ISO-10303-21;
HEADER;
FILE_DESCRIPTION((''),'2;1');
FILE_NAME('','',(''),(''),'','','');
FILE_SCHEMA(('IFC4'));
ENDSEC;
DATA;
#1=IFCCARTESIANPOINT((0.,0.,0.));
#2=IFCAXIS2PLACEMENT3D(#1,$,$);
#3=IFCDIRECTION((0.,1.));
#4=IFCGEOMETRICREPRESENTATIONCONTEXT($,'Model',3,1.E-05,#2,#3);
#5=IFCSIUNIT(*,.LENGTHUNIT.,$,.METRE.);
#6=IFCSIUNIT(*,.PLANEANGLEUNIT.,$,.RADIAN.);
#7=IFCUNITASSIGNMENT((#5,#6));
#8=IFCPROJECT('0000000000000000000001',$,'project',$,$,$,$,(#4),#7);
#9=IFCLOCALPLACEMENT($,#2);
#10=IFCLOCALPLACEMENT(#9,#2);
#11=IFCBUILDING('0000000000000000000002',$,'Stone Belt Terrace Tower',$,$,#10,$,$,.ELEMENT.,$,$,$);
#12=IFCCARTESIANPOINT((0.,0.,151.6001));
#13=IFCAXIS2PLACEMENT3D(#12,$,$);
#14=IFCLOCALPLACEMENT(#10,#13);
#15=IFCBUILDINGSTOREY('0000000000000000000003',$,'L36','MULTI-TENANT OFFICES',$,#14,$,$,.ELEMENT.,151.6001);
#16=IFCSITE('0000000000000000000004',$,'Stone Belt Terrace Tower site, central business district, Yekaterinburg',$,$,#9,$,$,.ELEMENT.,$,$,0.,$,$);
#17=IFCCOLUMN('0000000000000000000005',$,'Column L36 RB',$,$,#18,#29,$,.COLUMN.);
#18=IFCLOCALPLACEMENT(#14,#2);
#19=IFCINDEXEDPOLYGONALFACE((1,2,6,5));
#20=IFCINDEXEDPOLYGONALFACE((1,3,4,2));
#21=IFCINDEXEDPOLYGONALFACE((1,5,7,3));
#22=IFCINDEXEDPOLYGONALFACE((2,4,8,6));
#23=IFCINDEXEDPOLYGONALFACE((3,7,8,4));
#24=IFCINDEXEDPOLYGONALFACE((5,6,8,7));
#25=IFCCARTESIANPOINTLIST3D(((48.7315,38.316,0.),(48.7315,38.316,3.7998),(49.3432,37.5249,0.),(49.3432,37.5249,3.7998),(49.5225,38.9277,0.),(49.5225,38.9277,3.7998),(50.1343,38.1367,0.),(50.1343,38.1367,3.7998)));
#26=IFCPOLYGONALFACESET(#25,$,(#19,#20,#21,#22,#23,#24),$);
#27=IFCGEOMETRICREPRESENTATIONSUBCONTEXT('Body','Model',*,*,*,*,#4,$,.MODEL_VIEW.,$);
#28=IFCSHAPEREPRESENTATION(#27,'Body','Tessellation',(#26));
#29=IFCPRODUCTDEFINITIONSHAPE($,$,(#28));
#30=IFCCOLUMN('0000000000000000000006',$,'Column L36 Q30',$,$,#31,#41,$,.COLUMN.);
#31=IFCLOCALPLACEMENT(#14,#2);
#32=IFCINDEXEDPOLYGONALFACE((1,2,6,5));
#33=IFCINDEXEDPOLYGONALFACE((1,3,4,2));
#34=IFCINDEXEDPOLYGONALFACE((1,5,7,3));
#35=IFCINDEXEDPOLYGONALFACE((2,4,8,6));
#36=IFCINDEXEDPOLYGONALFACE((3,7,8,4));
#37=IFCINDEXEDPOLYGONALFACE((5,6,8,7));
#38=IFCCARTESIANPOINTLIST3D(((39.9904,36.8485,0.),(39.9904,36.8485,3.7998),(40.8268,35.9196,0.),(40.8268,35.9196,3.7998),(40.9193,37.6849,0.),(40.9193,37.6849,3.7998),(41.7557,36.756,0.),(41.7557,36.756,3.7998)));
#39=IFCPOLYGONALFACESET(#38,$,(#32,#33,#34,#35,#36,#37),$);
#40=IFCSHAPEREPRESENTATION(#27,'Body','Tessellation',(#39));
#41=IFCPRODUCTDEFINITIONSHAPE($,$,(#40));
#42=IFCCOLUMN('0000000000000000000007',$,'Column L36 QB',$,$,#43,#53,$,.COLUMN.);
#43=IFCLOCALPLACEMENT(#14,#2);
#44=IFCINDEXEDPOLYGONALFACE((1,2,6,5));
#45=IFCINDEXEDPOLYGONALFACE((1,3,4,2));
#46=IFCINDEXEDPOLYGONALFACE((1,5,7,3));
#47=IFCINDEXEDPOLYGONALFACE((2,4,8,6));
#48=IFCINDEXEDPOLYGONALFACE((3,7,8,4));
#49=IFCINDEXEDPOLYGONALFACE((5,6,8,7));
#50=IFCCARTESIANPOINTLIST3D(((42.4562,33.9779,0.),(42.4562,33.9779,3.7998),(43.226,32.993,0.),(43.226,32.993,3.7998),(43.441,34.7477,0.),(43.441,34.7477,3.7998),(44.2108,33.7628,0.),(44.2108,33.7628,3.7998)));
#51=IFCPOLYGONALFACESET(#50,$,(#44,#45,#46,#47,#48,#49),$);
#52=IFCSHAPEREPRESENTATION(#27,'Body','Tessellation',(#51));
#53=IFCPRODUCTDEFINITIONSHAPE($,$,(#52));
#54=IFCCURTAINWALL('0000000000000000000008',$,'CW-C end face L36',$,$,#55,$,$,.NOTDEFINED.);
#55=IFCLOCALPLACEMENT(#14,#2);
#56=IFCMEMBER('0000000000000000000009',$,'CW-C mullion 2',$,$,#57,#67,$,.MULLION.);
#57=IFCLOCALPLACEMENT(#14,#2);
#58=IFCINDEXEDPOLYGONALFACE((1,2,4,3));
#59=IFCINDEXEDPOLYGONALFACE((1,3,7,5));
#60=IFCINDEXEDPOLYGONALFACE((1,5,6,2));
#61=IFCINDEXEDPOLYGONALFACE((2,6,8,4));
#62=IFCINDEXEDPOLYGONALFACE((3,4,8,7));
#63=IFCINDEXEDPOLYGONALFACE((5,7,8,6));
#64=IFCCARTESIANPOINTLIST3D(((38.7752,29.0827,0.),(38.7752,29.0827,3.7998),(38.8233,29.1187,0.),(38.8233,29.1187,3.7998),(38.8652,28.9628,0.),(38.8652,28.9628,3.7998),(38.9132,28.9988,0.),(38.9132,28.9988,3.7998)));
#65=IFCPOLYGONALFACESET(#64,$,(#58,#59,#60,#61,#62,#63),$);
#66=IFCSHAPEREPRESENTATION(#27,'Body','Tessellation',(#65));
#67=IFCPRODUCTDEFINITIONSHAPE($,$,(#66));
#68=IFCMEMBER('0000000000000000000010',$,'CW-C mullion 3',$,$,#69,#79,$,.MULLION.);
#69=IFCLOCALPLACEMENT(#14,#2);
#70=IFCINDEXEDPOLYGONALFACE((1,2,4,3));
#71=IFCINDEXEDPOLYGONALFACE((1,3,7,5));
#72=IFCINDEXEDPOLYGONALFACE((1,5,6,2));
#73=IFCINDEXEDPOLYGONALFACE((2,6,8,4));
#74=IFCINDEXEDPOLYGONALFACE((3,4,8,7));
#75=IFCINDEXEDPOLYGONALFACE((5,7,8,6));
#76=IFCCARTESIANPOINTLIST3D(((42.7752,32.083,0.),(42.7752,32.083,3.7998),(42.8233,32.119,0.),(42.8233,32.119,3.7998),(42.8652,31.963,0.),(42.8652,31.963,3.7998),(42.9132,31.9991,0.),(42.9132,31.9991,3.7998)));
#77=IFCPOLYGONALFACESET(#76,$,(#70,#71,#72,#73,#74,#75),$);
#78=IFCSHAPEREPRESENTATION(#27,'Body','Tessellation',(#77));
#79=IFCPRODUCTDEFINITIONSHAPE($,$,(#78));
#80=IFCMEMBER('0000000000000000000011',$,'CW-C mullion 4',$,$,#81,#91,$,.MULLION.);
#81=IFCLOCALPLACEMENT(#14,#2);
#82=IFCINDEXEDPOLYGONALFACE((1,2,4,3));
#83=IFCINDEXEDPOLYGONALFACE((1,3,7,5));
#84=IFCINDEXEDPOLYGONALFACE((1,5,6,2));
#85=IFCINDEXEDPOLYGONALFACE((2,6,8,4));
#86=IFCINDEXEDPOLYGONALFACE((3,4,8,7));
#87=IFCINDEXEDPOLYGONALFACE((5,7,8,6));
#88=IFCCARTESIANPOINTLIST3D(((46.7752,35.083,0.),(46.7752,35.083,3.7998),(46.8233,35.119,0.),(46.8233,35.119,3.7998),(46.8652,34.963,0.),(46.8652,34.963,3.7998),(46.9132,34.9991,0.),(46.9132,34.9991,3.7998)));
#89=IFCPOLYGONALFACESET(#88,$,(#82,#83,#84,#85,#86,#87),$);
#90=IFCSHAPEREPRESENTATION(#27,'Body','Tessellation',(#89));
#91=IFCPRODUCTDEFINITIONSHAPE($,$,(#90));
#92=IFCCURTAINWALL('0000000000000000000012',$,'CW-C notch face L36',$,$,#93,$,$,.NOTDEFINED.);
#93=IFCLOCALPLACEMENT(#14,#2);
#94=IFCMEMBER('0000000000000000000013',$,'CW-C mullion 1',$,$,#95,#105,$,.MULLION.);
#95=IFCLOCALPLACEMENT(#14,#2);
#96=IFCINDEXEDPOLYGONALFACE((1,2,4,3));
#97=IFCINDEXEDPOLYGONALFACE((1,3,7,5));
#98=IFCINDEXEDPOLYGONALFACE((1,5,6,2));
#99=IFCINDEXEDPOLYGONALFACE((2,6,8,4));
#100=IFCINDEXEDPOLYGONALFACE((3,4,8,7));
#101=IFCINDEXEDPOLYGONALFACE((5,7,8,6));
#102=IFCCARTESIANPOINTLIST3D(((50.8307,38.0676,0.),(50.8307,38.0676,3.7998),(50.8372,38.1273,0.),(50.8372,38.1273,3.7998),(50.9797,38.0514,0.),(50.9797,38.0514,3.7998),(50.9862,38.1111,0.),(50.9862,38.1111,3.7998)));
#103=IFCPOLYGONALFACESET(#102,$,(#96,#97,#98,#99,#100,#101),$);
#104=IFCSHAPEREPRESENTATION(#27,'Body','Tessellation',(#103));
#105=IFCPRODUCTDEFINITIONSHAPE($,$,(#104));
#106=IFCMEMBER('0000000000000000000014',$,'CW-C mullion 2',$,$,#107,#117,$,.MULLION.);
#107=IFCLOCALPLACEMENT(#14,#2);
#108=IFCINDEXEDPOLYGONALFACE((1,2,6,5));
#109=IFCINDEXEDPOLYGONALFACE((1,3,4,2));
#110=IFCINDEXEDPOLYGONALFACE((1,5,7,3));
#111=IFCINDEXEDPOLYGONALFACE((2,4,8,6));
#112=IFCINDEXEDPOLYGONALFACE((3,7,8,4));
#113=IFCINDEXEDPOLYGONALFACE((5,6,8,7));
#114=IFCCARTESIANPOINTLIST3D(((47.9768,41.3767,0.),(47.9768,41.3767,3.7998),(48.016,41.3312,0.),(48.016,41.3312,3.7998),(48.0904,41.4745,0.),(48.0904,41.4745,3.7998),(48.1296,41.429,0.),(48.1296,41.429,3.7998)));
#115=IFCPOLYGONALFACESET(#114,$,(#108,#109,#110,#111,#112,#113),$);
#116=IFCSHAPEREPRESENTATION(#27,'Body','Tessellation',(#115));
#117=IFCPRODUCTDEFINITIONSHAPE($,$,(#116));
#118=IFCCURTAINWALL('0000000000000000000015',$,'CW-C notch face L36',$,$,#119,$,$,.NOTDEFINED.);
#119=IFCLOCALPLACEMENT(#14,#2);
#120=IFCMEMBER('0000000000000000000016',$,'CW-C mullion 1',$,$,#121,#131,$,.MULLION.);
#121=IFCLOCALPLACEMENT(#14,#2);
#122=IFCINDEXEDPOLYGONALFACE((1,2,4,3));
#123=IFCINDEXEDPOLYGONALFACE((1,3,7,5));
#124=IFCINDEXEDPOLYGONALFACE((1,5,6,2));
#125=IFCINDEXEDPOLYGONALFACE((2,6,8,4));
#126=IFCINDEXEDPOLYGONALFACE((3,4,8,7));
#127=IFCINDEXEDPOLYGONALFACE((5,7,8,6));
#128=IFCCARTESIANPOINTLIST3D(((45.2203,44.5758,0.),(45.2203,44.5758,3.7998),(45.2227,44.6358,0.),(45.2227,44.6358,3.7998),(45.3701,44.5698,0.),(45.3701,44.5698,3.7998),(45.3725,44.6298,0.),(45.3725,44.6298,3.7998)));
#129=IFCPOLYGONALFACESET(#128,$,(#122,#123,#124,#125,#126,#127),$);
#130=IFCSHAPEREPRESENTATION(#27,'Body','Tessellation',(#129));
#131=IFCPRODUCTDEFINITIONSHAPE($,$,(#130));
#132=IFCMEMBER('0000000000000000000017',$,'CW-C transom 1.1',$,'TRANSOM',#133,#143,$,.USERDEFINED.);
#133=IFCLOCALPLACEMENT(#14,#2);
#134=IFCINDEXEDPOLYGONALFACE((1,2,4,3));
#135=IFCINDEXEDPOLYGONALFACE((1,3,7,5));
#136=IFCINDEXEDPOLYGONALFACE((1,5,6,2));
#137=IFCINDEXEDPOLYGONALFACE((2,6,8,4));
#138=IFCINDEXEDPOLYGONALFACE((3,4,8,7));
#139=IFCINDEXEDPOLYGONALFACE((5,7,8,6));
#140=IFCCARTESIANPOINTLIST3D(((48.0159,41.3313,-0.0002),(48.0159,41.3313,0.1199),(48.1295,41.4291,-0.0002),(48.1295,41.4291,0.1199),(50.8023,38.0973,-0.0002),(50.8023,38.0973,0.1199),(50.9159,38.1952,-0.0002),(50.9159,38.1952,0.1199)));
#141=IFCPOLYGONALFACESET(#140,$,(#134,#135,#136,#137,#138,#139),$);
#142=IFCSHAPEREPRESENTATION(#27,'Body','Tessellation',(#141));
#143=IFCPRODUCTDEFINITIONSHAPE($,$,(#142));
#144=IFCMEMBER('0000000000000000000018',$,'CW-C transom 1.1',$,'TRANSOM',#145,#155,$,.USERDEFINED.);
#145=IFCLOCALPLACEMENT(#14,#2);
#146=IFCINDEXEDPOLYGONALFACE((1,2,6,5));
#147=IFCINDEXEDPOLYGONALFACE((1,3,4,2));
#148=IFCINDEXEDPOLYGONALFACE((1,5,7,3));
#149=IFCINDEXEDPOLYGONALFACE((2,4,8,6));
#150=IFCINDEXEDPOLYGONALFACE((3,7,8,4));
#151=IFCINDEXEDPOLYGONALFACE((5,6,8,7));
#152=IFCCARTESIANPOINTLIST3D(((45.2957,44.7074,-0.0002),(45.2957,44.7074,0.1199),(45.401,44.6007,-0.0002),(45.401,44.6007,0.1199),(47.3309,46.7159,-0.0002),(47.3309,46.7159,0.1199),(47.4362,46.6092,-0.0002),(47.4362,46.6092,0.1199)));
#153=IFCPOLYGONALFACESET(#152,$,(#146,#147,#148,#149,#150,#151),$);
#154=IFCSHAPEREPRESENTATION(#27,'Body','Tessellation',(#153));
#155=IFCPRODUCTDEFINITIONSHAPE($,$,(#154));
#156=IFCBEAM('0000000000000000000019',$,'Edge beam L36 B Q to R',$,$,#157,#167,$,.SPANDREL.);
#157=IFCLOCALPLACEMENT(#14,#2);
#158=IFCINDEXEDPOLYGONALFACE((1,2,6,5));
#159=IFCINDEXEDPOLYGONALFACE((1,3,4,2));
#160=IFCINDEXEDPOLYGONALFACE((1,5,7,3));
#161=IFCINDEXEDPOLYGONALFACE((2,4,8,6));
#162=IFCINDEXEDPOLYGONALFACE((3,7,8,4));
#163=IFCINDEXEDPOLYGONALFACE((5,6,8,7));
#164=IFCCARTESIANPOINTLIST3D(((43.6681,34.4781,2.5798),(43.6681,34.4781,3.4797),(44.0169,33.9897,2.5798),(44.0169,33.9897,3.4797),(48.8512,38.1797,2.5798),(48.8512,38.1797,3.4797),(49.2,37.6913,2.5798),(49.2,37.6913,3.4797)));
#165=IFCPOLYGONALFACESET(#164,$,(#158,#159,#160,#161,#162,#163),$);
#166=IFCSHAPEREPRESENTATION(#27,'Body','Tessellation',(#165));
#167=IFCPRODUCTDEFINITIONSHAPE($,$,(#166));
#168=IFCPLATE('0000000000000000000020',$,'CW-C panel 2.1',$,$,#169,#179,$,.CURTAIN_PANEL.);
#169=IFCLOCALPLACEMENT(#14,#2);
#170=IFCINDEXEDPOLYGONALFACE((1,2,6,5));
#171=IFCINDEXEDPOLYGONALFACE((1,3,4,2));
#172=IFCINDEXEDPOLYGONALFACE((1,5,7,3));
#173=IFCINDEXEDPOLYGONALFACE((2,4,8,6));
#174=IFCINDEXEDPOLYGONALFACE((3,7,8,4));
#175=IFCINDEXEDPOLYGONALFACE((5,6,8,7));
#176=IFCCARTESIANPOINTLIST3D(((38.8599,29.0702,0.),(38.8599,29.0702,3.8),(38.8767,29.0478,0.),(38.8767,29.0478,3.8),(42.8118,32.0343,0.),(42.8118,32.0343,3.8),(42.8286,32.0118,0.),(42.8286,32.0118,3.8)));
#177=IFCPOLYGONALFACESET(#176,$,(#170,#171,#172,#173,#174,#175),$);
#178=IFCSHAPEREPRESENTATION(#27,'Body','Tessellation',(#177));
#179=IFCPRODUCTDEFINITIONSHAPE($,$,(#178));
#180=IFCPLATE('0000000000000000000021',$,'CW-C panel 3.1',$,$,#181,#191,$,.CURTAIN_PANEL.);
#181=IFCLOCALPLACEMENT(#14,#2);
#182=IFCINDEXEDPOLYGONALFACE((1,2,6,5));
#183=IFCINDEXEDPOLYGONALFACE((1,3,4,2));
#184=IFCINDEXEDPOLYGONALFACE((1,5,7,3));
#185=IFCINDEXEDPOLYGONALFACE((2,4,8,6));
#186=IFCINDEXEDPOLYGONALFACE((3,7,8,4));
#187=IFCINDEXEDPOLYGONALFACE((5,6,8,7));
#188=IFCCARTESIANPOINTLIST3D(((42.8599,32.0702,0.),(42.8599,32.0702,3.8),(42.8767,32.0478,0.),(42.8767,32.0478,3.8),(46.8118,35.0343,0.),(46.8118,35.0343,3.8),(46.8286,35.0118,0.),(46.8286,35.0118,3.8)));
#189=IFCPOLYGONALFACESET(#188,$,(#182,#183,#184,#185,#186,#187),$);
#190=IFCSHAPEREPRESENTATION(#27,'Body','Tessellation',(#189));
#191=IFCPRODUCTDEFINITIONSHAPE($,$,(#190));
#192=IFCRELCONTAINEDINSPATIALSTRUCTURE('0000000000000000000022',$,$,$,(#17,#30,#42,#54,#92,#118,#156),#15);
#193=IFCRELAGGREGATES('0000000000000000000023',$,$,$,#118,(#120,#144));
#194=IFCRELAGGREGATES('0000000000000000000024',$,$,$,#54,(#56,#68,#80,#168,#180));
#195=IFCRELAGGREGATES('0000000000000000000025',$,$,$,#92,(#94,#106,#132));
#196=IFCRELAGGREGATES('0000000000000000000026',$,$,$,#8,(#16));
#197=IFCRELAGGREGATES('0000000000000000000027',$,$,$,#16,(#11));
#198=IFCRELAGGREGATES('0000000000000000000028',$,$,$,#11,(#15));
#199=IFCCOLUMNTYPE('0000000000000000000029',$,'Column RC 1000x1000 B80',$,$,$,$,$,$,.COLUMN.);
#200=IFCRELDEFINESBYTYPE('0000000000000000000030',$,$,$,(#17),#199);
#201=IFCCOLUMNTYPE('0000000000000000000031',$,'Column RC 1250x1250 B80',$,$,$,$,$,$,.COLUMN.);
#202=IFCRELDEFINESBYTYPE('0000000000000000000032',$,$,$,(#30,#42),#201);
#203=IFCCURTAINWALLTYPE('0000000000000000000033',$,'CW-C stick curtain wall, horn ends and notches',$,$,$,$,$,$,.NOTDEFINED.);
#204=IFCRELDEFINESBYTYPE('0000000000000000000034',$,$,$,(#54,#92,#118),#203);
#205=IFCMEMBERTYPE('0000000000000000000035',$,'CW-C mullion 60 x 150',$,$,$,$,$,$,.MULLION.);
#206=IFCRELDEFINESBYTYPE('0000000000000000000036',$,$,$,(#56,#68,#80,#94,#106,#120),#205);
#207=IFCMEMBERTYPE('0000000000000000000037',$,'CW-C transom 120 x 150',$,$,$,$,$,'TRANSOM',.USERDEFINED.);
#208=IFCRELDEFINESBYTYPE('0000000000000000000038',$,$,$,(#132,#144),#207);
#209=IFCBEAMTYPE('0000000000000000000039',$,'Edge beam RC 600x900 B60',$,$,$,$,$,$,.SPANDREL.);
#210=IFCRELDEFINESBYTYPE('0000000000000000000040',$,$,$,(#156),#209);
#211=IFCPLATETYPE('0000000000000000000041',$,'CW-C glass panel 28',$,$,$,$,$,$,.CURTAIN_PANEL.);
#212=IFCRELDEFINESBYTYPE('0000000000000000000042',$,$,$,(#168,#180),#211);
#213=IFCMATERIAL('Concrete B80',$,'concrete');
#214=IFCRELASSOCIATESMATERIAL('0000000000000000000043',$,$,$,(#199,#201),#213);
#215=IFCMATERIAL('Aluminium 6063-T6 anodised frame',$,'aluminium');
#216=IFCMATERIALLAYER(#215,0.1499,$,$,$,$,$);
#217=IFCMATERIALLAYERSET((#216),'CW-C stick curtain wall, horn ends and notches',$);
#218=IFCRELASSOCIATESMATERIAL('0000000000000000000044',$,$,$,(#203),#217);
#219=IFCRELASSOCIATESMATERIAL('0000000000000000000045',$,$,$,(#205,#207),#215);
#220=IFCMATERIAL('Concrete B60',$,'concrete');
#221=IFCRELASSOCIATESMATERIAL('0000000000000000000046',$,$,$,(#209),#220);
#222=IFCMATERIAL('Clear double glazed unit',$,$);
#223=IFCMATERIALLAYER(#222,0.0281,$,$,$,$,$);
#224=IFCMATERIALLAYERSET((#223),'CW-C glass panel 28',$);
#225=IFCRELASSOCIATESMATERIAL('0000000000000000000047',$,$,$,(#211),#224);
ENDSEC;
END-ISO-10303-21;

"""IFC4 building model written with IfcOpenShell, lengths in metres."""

from ifc_helpers import new_model, si_unit, direction, frame, origin, origin_2d, place, context, subcontext, project, spatial, rectangle, extrude, material, layer, layer_set, material_profile, profile_set, type_object, element, aggregate, save


model = new_model("IFC4")

# Units and contexts
model_context = context("Model", 3, precision=1e-05, world=origin(), true_north=direction((0.0, 1.0)))
body_context = subcontext(model_context, "Body", "Model", "MODEL_VIEW")
ifc_project = project(units=[si_unit("LENGTHUNIT", "METRE"), si_unit("PLANEANGLEUNIT", "RADIAN")], contexts=[model_context])

# Site, building, storey
site_placement = place(None, origin())
site = spatial("IfcSite", under=ifc_project, at=site_placement, Name="Stone Belt Terrace Tower site, central business district, Yekaterinburg", CompositionType="ELEMENT", RefElevation=0.0)
building_placement = place(site_placement, origin())
building = spatial("IfcBuilding", under=site, at=building_placement, Name="Stone Belt Terrace Tower", CompositionType="ELEMENT")
storey_placement = place(building_placement, frame((0.0, 0.0, 151.6001)))
storey = spatial("IfcBuildingStorey", under=building, at=storey_placement, Name="L36", Description="MULTI-TENANT OFFICES", CompositionType="ELEMENT", Elevation=151.6001)

# Columns
ifc_material_1 = material(Name="Concrete B80", Category="concrete")
ifc_material_profile_1 = material_profile(ifc_material_1, rectangle(XDim=1.0, YDim=1.0, at=origin_2d()), Name="RC 1000x1000")
ifc_profile_set_1 = profile_set([ifc_material_profile_1], Name="Concrete B80")
column_type_1 = type_object("IfcColumnType", Name="Column RC 1000x1000 B80", PredefinedType="COLUMN", material=ifc_profile_set_1)
column_placement = place(storey_placement, frame((49.4329, 38.2263, 0.0), z_axis=(0.0, 0.0, 1.0), x_axis=(0.61173, -0.791067, 0.0)))
element("IfcColumn", 1, at=column_placement, inside=storey, type_object=column_type_1, Name="Column L36 RB", PredefinedType="COLUMN", context=body_context, shape_type="SweptSolid", body=[
    extrude(rectangle(XDim=1.0, YDim=1.0, at=origin_2d()), origin(), (0.0, 0.0, 1.0), 3.7998),
])
ifc_material_profile_2 = material_profile(ifc_material_1, rectangle(XDim=1.25, YDim=1.25, at=origin_2d()), Name="RC 1250x1250")
ifc_profile_set_2 = profile_set([ifc_material_profile_2], Name="Concrete B80")
column_type_2 = type_object("IfcColumnType", Name="Column RC 1250x1250 B80", PredefinedType="COLUMN", material=ifc_profile_set_2)
for number, where, z_axis, x_axis, name in (
    (2, (40.873, 36.8022, 0.0), (0.0, 0.0, 1.0), (0.669131, -0.743145, 0.0), "Column L36 Q30"),
    (3, (43.3335, 33.8704, 0.0), (0.0, 0.0, 1.0), (0.615825, -0.787883, 0.0), "Column L36 QB"),
):
    element("IfcColumn", number, at=place(storey_placement, frame(where, z_axis=z_axis, x_axis=x_axis)), inside=storey, type_object=column_type_2, Name=name, PredefinedType="COLUMN", context=body_context, shape_type="SweptSolid", body=[
        extrude(rectangle(XDim=1.25, YDim=1.25, at=origin_2d()), origin(), (0.0, 0.0, 1.0), 3.7998),
    ])

# Curtain walls, members
ifc_material_2 = material(Name="Aluminium 6063-T6 anodised frame", Category="aluminium")
ifc_layer_1 = layer(ifc_material_2, 0.1499)
ifc_layer_set_1 = layer_set([ifc_layer_1], Name="CW-C stick curtain wall, horn ends and notches")
curtain_wall_type = type_object("IfcCurtainWallType", Name="CW-C stick curtain wall, horn ends and notches", PredefinedType="NOTDEFINED", material=ifc_layer_set_1)
curtain_wall_1_placement = place(storey_placement, origin())
curtain_wall_1 = element("IfcCurtainWall", 4, at=curtain_wall_1_placement, inside=storey, type_object=curtain_wall_type, Name="CW-C end face L36", PredefinedType="NOTDEFINED")
ifc_material_profile_3 = material_profile(ifc_material_2, rectangle(XDim=0.1499, YDim=0.0601, at=origin_2d()), Name="Aluminium 6063-T6 60x150")
ifc_profile_set_3 = profile_set([ifc_material_profile_3], Name="Aluminium 6063-T6 anodised frame")
member_type_1 = type_object("IfcMemberType", Name="CW-C mullion 60 x 150", PredefinedType="MULLION", material=ifc_profile_set_3)
member_1_placement = place(storey_placement, frame((38.8442, 29.0408, 0.0), z_axis=(0.0, 0.0, 1.0), x_axis=(-0.600018, 0.799987, 0.0)))
member_1 = element("IfcMember", 5, at=member_1_placement, type_object=member_type_1, Name="CW-C mullion 2", PredefinedType="MULLION", context=body_context, shape_type="SweptSolid", body=[
    extrude(rectangle(XDim=0.1499, YDim=0.0601, at=origin_2d()), origin(), (0.0, 0.0, 1.0), 3.7998),
])
member_2_placement = place(storey_placement, frame((42.8442, 32.041, 0.0), z_axis=(0.0, 0.0, 1.0), x_axis=(-0.600018, 0.799987, 0.0)))
member_2 = element("IfcMember", 6, at=member_2_placement, type_object=member_type_1, Name="CW-C mullion 3", PredefinedType="MULLION", context=body_context, shape_type="SweptSolid", body=[
    extrude(rectangle(XDim=0.1499, YDim=0.0601, at=origin_2d()), origin(), (0.0, 0.0, 1.0), 3.7998),
])
member_3_placement = place(storey_placement, frame((46.8442, 35.041, 0.0), z_axis=(0.0, 0.0, 1.0), x_axis=(-0.600018, 0.799987, 0.0)))
member_3 = element("IfcMember", 7, at=member_3_placement, type_object=member_type_1, Name="CW-C mullion 4", PredefinedType="MULLION", context=body_context, shape_type="SweptSolid", body=[
    extrude(rectangle(XDim=0.1499, YDim=0.0601, at=origin_2d()), origin(), (0.0, 0.0, 1.0), 3.7998),
])
curtain_wall_2_placement = place(storey_placement, origin())
curtain_wall_2 = element("IfcCurtainWall", 8, at=curtain_wall_2_placement, inside=storey, type_object=curtain_wall_type, Name="CW-C notch face L36", PredefinedType="NOTDEFINED")
member_4_placement = place(storey_placement, frame((50.9084, 38.0894, 0.0), z_axis=(0.0, 0.0, 1.0), x_axis=(-0.994169, 0.10783, 0.0)))
member_4 = element("IfcMember", 9, at=member_4_placement, type_object=member_type_1, Name="CW-C mullion 1", PredefinedType="MULLION", context=body_context, shape_type="SweptSolid", body=[
    extrude(rectangle(XDim=0.1499, YDim=0.0601, at=origin_2d()), origin(), (0.0, 0.0, 1.0), 3.7998),
])
member_5_placement = place(storey_placement, frame((48.0532, 41.4028, 0.0), z_axis=(0.0, 0.0, 1.0), x_axis=(-0.757584, -0.652738, 0.0)))
member_5 = element("IfcMember", 10, at=member_5_placement, type_object=member_type_1, Name="CW-C mullion 2", PredefinedType="MULLION", context=body_context, shape_type="SweptSolid", body=[
    extrude(rectangle(XDim=0.1499, YDim=0.0601, at=origin_2d()), origin(), (0.0, 0.0, 1.0), 3.7998),
])

# Curtain wall, member
curtain_wall_3_placement = place(storey_placement, origin())
curtain_wall_3 = element("IfcCurtainWall", 11, at=curtain_wall_3_placement, inside=storey, type_object=curtain_wall_type, Name="CW-C notch face L36", PredefinedType="NOTDEFINED")
member_6_placement = place(storey_placement, frame((45.2964, 44.6028, 0.0), z_axis=(0.0, 0.0, 1.0), x_axis=(-0.999185, 0.04036, 0.0)))
member_6 = element("IfcMember", 12, at=member_6_placement, type_object=member_type_1, Name="CW-C mullion 1", PredefinedType="MULLION", context=body_context, shape_type="SweptSolid", body=[
    extrude(rectangle(XDim=0.1499, YDim=0.0601, at=origin_2d()), origin(), (0.0, 0.0, 1.0), 3.7998),
])

# Members
ifc_material_profile_4 = material_profile(ifc_material_2, rectangle(XDim=0.1499, YDim=0.1201, at=origin_2d()), Name="Aluminium 6063-T6 150x120")
ifc_profile_set_4 = profile_set([ifc_material_profile_4], Name="Aluminium 6063-T6 anodised frame")
member_type_2 = type_object("IfcMemberType", Name="CW-C transom 120 x 150", ElementType="TRANSOM", PredefinedType="USERDEFINED", material=ifc_profile_set_4)
member_7_placement = place(storey_placement, frame((50.8591, 38.1462, 0.0598), z_axis=(-0.652744, 0.757579, 0.0), x_axis=(-0.757579, -0.652744, 0.0)))
member_7 = element("IfcMember", 13, at=member_7_placement, type_object=member_type_2, Name="CW-C transom 1.1", ObjectType="TRANSOM", PredefinedType="USERDEFINED", context=body_context, shape_type="SweptSolid", body=[
    extrude(rectangle(XDim=0.1499, YDim=0.1201, at=origin_2d()), origin(), (0.0, 0.0, 1.0), 4.2688),
])
member_8_placement = place(storey_placement, frame((45.3484, 44.6541, 0.0598), z_axis=(0.711745, 0.702438, 0.0), x_axis=(-0.702438, 0.711745, 0.0)))
member_8 = element("IfcMember", 14, at=member_8_placement, type_object=member_type_2, Name="CW-C transom 1.1", ObjectType="TRANSOM", PredefinedType="USERDEFINED", context=body_context, shape_type="SweptSolid", body=[
    extrude(rectangle(XDim=0.1499, YDim=0.1201, at=origin_2d()), origin(), (0.0, 0.0, 1.0), 2.8594),
])
aggregate(curtain_wall_3, [member_6, member_8])

# Beam
ifc_material_3 = material(Name="Concrete B60", Category="concrete")
ifc_material_profile_5 = material_profile(ifc_material_3, rectangle(XDim=0.6001, YDim=0.8999, at=origin_2d()), Name="RC 600x900")
ifc_profile_set_5 = profile_set([ifc_material_profile_5], Name="Concrete B60")
beam_type = type_object("IfcBeamType", Name="Edge beam RC 600x900 B60", PredefinedType="SPANDREL", material=ifc_profile_set_5)
beam_placement = place(storey_placement, frame((43.8425, 34.2339, 3.0298), z_axis=(0.813775, 0.58118, 0.0), x_axis=(-0.58118, 0.813775, 0.0)))
element("IfcBeam", 15, at=beam_placement, inside=storey, type_object=beam_type, Name="Edge beam L36 B Q to R", PredefinedType="SPANDREL", context=body_context, shape_type="SweptSolid", body=[
    extrude(rectangle(XDim=0.6001, YDim=0.8999, at=origin_2d()), origin(), (0.0, 0.0, 1.0), 6.3691),
])

# Plates
ifc_material_4 = material(Name="Clear double glazed unit")
ifc_layer_2 = layer(ifc_material_4, 0.0281)
ifc_layer_set_2 = layer_set([ifc_layer_2], Name="CW-C glass panel 28")
plate_type = type_object("IfcPlateType", Name="CW-C glass panel 28", PredefinedType="CURTAIN_PANEL", material=ifc_layer_set_2)
plate_1_placement = place(storey_placement, frame((40.8442, 30.541, 0.0), z_axis=(0.0, 0.0, 1.0), x_axis=(0.799987, 0.600018, 0.0)))
plate_1 = element("IfcPlate", 16, at=plate_1_placement, type_object=plate_type, Name="CW-C panel 2.1", PredefinedType="CURTAIN_PANEL", context=body_context, shape_type="SweptSolid", body=[
    extrude(rectangle(XDim=4.9399, YDim=0.0281, at=origin_2d()), origin(), (0.0, 0.0, 1.0), 3.8),
])
plate_2_placement = place(storey_placement, frame((44.8442, 33.541, 0.0), z_axis=(0.0, 0.0, 1.0), x_axis=(0.799987, 0.600018, 0.0)))
plate_2 = element("IfcPlate", 17, at=plate_2_placement, type_object=plate_type, Name="CW-C panel 3.1", PredefinedType="CURTAIN_PANEL", context=body_context, shape_type="SweptSolid", body=[
    extrude(rectangle(XDim=4.9399, YDim=0.0281, at=origin_2d()), origin(), (0.0, 0.0, 1.0), 3.8),
])
aggregate(curtain_wall_1, [member_1, member_2, member_3, plate_1, plate_2])
aggregate(curtain_wall_2, [member_4, member_5, member_7])

save(model, "model.ifc")
